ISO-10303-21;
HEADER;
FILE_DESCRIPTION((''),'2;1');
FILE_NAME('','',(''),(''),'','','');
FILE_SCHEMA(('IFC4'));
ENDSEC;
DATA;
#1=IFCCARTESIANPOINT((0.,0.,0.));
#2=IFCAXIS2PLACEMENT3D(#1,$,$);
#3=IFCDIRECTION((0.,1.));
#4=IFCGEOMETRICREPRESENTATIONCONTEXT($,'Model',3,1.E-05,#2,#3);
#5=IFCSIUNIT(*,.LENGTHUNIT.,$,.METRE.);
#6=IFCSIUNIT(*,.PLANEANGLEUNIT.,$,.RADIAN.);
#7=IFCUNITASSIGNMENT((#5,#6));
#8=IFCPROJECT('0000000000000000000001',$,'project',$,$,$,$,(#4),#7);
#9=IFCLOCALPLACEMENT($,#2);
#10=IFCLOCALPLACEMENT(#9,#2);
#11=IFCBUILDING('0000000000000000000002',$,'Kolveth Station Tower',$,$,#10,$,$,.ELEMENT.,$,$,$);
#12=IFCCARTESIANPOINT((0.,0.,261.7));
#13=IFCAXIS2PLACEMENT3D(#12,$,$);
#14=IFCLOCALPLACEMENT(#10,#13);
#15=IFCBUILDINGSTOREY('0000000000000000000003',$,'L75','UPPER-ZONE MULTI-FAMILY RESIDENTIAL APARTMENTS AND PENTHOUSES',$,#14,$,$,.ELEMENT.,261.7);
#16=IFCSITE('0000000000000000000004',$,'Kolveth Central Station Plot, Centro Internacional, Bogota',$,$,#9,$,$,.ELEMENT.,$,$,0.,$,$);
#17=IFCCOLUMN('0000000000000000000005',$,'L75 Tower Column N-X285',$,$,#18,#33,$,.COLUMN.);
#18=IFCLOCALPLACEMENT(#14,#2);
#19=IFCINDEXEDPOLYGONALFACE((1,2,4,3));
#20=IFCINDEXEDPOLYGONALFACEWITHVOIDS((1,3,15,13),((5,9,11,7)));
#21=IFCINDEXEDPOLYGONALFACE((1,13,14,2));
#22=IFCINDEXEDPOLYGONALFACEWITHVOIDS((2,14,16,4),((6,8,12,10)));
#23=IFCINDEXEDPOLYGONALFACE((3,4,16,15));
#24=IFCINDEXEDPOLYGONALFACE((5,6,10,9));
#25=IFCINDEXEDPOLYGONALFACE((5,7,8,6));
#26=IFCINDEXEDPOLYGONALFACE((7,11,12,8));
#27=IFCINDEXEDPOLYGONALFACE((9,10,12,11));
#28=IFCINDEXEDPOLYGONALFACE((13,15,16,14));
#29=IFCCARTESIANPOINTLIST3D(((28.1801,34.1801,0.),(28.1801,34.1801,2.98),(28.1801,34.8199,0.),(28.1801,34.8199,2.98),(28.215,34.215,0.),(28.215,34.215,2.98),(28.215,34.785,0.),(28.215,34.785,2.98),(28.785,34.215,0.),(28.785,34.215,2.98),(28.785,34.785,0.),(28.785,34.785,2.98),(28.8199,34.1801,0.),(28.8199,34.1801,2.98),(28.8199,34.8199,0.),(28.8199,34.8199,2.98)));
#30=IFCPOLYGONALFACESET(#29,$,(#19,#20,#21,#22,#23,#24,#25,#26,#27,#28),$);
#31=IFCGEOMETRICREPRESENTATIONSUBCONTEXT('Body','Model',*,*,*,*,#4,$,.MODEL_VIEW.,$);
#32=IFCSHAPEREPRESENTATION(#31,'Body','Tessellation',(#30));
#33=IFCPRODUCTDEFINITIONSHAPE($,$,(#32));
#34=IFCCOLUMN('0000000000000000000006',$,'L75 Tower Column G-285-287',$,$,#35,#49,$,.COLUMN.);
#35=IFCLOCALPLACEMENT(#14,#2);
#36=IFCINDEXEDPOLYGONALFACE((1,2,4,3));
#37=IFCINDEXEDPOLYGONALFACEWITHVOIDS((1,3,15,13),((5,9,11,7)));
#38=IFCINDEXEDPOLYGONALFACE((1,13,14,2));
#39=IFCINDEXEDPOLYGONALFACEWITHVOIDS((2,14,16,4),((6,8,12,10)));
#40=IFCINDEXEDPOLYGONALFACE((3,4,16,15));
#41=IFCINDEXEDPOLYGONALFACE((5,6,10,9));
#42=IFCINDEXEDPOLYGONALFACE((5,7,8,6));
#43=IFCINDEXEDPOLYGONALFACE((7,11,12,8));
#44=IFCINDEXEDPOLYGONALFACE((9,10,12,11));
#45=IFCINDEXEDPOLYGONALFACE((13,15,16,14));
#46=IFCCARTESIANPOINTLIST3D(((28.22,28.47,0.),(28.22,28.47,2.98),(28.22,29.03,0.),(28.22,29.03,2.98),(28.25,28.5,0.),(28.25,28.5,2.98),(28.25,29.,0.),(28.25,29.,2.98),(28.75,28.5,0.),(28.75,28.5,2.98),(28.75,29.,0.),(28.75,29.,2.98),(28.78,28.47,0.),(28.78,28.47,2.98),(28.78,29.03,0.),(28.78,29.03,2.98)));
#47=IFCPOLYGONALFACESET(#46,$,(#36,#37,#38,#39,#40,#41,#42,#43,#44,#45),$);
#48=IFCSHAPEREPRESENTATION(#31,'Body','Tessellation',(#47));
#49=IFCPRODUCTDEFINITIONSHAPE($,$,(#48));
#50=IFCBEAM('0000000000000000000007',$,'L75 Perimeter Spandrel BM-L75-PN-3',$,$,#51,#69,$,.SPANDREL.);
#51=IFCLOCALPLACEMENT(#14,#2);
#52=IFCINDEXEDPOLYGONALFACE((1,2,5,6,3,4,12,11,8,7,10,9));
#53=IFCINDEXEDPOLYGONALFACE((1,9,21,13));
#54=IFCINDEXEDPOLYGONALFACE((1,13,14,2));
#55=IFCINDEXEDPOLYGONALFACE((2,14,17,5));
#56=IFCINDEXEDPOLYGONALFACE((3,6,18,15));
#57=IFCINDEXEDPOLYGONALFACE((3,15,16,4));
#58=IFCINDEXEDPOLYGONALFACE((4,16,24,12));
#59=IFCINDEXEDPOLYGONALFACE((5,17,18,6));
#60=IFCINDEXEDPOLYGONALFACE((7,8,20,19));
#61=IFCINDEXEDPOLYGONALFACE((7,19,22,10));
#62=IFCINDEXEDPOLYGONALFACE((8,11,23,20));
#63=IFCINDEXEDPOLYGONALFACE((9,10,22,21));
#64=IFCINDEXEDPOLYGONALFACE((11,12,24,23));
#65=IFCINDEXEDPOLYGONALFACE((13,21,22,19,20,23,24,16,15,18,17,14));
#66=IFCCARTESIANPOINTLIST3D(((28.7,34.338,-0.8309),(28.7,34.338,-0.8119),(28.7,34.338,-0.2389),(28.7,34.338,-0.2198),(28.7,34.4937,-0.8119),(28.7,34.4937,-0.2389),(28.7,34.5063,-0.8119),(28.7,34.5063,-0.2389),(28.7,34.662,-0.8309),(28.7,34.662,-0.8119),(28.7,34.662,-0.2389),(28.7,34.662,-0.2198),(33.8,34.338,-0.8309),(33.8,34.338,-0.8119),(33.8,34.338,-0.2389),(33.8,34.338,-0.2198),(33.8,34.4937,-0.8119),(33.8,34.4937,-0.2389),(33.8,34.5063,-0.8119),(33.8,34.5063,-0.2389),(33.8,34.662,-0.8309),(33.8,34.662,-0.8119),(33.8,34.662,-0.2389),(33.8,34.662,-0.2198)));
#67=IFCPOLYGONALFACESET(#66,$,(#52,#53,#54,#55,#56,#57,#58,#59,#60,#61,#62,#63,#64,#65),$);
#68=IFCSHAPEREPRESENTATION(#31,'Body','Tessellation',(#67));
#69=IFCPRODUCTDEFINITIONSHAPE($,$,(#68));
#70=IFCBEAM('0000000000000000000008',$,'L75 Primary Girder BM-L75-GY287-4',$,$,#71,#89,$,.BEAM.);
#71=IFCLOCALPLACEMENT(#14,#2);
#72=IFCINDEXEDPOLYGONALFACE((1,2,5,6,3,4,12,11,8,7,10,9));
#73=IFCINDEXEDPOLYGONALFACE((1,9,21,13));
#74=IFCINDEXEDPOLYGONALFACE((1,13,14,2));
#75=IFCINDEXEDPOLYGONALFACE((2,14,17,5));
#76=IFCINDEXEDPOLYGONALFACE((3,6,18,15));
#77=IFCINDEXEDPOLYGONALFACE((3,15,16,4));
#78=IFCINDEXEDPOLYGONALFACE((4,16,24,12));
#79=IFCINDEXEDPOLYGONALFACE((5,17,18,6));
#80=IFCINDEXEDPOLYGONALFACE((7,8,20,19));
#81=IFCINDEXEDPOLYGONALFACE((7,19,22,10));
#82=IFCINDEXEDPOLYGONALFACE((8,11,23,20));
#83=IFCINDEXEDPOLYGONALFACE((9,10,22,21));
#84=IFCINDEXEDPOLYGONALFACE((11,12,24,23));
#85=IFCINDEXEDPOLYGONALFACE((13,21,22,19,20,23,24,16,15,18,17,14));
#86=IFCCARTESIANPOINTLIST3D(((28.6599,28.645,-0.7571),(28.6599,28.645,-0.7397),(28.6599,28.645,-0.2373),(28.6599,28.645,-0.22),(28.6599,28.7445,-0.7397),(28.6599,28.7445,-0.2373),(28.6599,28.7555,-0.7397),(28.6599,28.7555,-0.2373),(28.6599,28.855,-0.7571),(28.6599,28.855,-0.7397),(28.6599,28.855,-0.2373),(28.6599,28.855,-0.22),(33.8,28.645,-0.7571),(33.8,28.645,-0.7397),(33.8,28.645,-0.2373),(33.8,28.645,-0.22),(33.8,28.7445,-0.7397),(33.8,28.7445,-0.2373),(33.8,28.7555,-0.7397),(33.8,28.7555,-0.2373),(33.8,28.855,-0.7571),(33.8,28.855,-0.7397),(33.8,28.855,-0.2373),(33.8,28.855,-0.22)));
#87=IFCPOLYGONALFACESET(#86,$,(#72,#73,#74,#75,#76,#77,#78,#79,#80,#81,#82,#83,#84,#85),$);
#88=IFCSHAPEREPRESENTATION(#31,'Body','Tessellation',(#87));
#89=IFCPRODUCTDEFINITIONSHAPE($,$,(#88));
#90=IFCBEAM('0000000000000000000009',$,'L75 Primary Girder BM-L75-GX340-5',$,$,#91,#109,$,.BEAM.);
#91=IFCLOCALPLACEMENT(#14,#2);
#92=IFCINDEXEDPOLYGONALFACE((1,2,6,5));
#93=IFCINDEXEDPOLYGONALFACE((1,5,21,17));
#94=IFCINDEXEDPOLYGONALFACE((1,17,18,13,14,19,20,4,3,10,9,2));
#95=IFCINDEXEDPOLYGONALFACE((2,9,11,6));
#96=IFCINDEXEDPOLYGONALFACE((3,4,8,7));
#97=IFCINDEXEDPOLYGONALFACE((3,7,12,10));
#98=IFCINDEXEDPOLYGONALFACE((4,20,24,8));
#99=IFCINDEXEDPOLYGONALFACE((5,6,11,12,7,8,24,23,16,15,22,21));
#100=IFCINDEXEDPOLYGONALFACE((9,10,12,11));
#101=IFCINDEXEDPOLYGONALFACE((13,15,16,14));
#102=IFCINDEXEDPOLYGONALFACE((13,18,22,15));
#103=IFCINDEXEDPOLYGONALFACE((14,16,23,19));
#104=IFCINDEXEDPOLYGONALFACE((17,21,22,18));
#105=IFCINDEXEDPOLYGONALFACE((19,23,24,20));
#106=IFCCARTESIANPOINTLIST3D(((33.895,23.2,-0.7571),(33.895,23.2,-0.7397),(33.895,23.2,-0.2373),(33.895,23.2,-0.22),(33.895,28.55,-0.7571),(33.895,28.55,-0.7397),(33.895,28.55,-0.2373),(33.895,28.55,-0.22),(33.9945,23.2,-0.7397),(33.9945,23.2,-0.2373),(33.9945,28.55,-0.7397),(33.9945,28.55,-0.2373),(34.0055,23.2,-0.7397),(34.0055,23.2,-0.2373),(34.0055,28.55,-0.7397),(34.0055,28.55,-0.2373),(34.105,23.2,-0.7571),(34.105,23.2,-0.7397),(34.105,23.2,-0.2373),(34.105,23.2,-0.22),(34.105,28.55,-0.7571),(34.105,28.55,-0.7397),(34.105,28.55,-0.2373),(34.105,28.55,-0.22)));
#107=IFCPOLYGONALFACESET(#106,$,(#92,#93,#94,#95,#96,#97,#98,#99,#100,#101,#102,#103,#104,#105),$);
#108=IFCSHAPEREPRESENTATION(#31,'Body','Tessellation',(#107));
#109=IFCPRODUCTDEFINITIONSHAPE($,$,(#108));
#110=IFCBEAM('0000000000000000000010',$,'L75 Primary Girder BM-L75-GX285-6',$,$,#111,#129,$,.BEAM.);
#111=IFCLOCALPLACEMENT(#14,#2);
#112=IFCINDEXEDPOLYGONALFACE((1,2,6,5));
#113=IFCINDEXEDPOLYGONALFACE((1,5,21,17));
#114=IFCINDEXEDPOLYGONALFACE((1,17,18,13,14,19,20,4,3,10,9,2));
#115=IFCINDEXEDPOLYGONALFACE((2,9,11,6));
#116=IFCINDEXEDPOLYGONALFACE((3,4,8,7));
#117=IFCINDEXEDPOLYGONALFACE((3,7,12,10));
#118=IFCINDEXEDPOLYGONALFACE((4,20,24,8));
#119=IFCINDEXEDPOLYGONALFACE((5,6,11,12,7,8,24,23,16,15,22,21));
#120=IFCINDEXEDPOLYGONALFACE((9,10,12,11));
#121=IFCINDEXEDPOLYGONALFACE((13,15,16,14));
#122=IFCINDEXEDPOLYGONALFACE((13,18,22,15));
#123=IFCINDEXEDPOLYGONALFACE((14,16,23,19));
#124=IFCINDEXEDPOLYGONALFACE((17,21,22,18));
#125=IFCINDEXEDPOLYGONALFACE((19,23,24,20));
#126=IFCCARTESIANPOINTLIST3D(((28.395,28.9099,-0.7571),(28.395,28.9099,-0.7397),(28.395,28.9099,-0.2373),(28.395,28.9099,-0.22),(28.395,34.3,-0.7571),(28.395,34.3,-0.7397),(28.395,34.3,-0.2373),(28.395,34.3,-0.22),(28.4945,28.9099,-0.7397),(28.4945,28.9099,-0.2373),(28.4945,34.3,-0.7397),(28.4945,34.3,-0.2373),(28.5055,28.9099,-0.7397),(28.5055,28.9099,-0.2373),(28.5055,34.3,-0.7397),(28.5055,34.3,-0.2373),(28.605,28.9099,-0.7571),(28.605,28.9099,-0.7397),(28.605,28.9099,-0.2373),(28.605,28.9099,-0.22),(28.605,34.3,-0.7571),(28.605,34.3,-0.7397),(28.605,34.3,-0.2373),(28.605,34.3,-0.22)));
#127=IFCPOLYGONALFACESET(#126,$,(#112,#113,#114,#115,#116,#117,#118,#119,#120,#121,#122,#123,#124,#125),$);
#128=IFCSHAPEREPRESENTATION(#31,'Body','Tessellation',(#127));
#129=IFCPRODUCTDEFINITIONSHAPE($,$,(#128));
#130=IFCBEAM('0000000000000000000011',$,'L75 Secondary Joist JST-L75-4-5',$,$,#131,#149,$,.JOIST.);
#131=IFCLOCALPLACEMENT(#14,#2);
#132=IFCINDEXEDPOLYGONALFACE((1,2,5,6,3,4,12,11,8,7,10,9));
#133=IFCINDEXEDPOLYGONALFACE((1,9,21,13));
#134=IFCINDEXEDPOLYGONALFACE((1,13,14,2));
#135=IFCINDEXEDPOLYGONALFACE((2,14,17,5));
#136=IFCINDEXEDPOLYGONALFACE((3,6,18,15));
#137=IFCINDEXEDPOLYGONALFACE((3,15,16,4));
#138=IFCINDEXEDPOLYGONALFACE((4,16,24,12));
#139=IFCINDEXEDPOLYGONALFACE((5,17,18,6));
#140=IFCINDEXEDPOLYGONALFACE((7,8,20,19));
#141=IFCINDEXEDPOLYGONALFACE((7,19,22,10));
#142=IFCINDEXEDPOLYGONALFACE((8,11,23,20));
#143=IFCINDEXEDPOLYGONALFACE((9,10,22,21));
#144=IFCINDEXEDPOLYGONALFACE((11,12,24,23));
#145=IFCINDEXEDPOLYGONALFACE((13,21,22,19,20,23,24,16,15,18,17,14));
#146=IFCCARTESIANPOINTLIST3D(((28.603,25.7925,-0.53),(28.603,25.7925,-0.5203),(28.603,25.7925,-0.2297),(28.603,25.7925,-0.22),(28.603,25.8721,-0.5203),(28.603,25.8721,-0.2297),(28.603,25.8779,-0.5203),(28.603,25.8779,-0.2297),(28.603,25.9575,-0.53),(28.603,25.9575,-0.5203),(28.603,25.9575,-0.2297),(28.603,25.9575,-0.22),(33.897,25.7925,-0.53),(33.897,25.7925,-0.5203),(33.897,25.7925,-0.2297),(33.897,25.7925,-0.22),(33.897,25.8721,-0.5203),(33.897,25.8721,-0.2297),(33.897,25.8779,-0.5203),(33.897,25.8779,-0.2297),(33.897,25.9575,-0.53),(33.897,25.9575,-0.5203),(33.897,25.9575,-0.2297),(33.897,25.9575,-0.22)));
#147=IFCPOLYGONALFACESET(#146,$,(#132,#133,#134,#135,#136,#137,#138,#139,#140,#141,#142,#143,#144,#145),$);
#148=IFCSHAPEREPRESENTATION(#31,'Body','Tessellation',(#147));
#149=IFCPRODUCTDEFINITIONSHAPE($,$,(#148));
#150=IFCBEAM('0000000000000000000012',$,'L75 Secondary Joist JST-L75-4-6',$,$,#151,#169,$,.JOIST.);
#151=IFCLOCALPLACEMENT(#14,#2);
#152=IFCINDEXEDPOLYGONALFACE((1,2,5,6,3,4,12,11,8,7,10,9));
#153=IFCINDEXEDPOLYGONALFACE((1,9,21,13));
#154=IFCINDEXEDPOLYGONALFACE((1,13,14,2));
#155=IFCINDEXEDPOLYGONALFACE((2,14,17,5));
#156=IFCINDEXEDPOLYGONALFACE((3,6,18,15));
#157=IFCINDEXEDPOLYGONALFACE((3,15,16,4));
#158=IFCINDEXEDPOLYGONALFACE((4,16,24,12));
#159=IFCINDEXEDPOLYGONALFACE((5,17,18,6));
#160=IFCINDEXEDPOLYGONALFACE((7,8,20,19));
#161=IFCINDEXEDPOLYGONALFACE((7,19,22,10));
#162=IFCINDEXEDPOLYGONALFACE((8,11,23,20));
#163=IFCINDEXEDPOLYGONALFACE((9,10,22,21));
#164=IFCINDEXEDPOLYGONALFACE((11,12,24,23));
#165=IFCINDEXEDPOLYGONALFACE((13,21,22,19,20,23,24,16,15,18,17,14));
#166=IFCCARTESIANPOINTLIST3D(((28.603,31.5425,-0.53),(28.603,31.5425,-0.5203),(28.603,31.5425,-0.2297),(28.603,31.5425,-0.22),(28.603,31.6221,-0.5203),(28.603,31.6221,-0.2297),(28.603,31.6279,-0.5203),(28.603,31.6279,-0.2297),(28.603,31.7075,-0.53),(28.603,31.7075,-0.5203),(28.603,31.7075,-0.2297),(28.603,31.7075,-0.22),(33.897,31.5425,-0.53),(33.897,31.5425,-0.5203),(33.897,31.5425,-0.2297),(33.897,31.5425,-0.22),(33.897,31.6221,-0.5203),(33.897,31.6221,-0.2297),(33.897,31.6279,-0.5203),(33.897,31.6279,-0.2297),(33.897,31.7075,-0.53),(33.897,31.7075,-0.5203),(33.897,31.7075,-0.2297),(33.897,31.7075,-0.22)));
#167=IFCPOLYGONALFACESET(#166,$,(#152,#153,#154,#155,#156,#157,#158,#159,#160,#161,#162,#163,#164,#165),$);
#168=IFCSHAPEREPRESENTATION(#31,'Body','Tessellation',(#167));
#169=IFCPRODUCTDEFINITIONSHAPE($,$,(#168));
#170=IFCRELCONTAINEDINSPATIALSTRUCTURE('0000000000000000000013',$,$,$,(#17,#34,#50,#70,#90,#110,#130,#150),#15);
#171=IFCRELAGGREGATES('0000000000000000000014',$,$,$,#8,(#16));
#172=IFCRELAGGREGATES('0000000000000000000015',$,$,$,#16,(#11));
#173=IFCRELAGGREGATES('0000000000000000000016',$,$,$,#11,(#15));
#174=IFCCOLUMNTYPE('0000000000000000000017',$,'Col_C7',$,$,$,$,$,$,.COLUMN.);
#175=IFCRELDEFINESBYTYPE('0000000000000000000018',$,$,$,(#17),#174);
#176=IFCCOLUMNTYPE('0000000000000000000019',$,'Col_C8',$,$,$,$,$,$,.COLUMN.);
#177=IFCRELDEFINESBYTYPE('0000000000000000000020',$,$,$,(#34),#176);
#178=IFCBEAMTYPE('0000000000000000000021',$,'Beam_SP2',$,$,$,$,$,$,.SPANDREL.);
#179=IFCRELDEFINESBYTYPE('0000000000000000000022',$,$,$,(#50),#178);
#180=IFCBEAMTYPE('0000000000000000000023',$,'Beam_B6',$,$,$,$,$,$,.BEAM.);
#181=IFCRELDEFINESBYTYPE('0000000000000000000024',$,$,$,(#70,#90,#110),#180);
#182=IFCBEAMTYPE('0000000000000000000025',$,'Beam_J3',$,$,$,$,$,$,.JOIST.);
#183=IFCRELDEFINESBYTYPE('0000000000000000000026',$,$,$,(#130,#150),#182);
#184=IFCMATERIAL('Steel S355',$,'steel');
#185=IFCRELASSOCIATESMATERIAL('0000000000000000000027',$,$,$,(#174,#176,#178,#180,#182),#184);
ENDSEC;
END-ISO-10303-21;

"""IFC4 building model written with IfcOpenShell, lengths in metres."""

from ifc_helpers import new_model, si_unit, direction, frame, origin, origin_2d, place, context, subcontext, project, spatial, hollow_rectangle, i_section, extrude, source, transform, mapped, material, material_profile, profile_set, type_object, element, save


model = new_model("IFC4")

# Units and contexts
model_context = context("Model", 3, precision=1e-05, world=origin(), true_north=direction((0.0, 1.0)))
body_context = subcontext(model_context, "Body", "Model", "MODEL_VIEW")
ifc_project = project(units=[si_unit("LENGTHUNIT", "METRE"), si_unit("PLANEANGLEUNIT", "RADIAN")], contexts=[model_context])

# Site, building, storey
site_placement = place(None, origin())
site = spatial("IfcSite", under=ifc_project, at=site_placement, Name="Kolveth Central Station Plot, Centro Internacional, Bogota", CompositionType="ELEMENT", RefElevation=0.0)
building_placement = place(site_placement, origin())
building = spatial("IfcBuilding", under=site, at=building_placement, Name="Kolveth Station Tower", CompositionType="ELEMENT")
storey_placement = place(building_placement, frame((0.0, 0.0, 261.7)))
storey = spatial("IfcBuildingStorey", under=building, at=storey_placement, Name="L75", Description="UPPER-ZONE MULTI-FAMILY RESIDENTIAL APARTMENTS AND PENTHOUSES", CompositionType="ELEMENT", Elevation=261.7)

# Columns
ifc_material_1 = material(Name="Steel S355", Category="steel")
ifc_material_profile_1 = material_profile(ifc_material_1, hollow_rectangle(XDim=0.6399, YDim=0.6399, WallThickness=0.0349, at=origin_2d()), Name="BOX640x640x35")
ifc_profile_set_1 = profile_set([ifc_material_profile_1], Name="Steel S355")
column_type_1 = type_object("IfcColumnType", Name="Col_C7", PredefinedType="COLUMN", material=ifc_profile_set_1)
shared_shape_1 = source(origin(), body_context, "Body", "SweptSolid", [
    extrude(hollow_rectangle(XDim=0.6399, YDim=0.6399, WallThickness=0.0349, at=origin_2d()), origin(), (0.0, 0.0, 1.0), 2.98),
])
column_1_placement = place(storey_placement, frame((28.5, 34.5, 0.0), z_axis=(0.0, 0.0, 1.0), x_axis=(1.0, 0.0, 0.0)))
element("IfcColumn", 1, at=column_1_placement, inside=storey, type_object=column_type_1, Name="L75 Tower Column N-X285", PredefinedType="COLUMN", context=body_context, shape_type="MappedRepresentation", body=[
    mapped(shared_shape_1, transform((0.0, 0.0, 0.0), x_axis=(1.0, 0.0, 0.0), y_axis=(0.0, 1.0, 0.0), z_axis=(0.0, 0.0, 1.0), scale=1.0)),
])
ifc_material_profile_2 = material_profile(ifc_material_1, hollow_rectangle(XDim=0.5601, YDim=0.5601, WallThickness=0.03, at=origin_2d()), Name="BOX560x560x30")
ifc_profile_set_2 = profile_set([ifc_material_profile_2], Name="Steel S355")
column_type_2 = type_object("IfcColumnType", Name="Col_C8", PredefinedType="COLUMN", material=ifc_profile_set_2)
shared_shape_2 = source(origin(), body_context, "Body", "SweptSolid", [
    extrude(hollow_rectangle(XDim=0.5601, YDim=0.5601, WallThickness=0.03, at=origin_2d()), origin(), (0.0, 0.0, 1.0), 2.98),
])
column_2_placement = place(storey_placement, frame((28.5, 28.75, 0.0), z_axis=(0.0, 0.0, 1.0), x_axis=(1.0, 0.0, 0.0)))
element("IfcColumn", 2, at=column_2_placement, inside=storey, type_object=column_type_2, Name="L75 Tower Column G-285-287", PredefinedType="COLUMN", context=body_context, shape_type="MappedRepresentation", body=[
    mapped(shared_shape_2, transform((0.0, 0.0, 0.0), x_axis=(1.0, 0.0, 0.0), y_axis=(0.0, 1.0, 0.0), z_axis=(0.0, 0.0, 1.0), scale=1.0)),
])

# Beams
ifc_material_profile_3 = material_profile(ifc_material_1, i_section(OverallWidth=0.324, OverallDepth=0.6111, WebThickness=0.0127, FlangeThickness=0.019, at=origin_2d()), Name="W610x155")
ifc_profile_set_3 = profile_set([ifc_material_profile_3], Name="Steel S355")
beam_type_1 = type_object("IfcBeamType", Name="Beam_SP2", PredefinedType="SPANDREL", material=ifc_profile_set_3)
shared_shape_3 = source(origin(), body_context, "Body", "SweptSolid", [
    extrude(i_section(OverallWidth=0.324, OverallDepth=0.6111, WebThickness=0.0127, FlangeThickness=0.019, at=origin_2d()), origin(), (0.0, 0.0, 1.0), 5.1001),
])
beam_1_placement = place(storey_placement, frame((28.7, 34.5, -0.5254), z_axis=(1.0, 0.0, 0.0), x_axis=(0.0, 1.0, 0.0)))
element("IfcBeam", 3, at=beam_1_placement, inside=storey, type_object=beam_type_1, Name="L75 Perimeter Spandrel BM-L75-PN-3", PredefinedType="SPANDREL", context=body_context, shape_type="MappedRepresentation", body=[
    mapped(shared_shape_3, transform((0.0, 0.0, 0.0), x_axis=(1.0, 0.0, 0.0), y_axis=(0.0, 1.0, 0.0), z_axis=(0.0, 0.0, 1.0), scale=1.0)),
])
ifc_material_profile_4 = material_profile(ifc_material_1, i_section(OverallWidth=0.21, OverallDepth=0.5371, WebThickness=0.011, FlangeThickness=0.0173, at=origin_2d()), Name="W530x101")
ifc_profile_set_4 = profile_set([ifc_material_profile_4], Name="Steel S355")
beam_type_2 = type_object("IfcBeamType", Name="Beam_B6", PredefinedType="BEAM", material=ifc_profile_set_4)
shared_shape_4 = source(origin(), body_context, "Body", "SweptSolid", [
    extrude(i_section(OverallWidth=0.21, OverallDepth=0.5371, WebThickness=0.011, FlangeThickness=0.0173, at=origin_2d()), origin(), (0.0, 0.0, 1.0), 5.1401),
])
beam_2_placement = place(storey_placement, frame((28.6599, 28.75, -0.4885), z_axis=(1.0, 0.0, 0.0), x_axis=(0.0, 1.0, 0.0)))
element("IfcBeam", 4, at=beam_2_placement, inside=storey, type_object=beam_type_2, Name="L75 Primary Girder BM-L75-GY287-4", PredefinedType="BEAM", context=body_context, shape_type="MappedRepresentation", body=[
    mapped(shared_shape_4, transform((0.0, 0.0, 0.0), x_axis=(1.0, 0.0, 0.0), y_axis=(0.0, 1.0, 0.0), z_axis=(0.0, 0.0, 1.0), scale=1.0)),
])
shared_shape_5 = source(origin(), body_context, "Body", "SweptSolid", [
    extrude(i_section(OverallWidth=0.21, OverallDepth=0.5371, WebThickness=0.011, FlangeThickness=0.0173, at=origin_2d()), origin(), (0.0, 0.0, 1.0), 5.3501),
])
beam_3_placement = place(storey_placement, frame((34.0, 23.2, -0.4885), z_axis=(0.0, 1.0, 0.0), x_axis=(-1.0, 0.0, 0.0)))
element("IfcBeam", 5, at=beam_3_placement, inside=storey, type_object=beam_type_2, Name="L75 Primary Girder BM-L75-GX340-5", PredefinedType="BEAM", context=body_context, shape_type="MappedRepresentation", body=[
    mapped(shared_shape_5, transform((0.0, 0.0, 0.0), x_axis=(1.0, 0.0, 0.0), y_axis=(0.0, 1.0, 0.0), z_axis=(0.0, 0.0, 1.0), scale=1.0)),
])
shared_shape_6 = source(origin(), body_context, "Body", "SweptSolid", [
    extrude(i_section(OverallWidth=0.21, OverallDepth=0.5371, WebThickness=0.011, FlangeThickness=0.0173, at=origin_2d()), origin(), (0.0, 0.0, 1.0), 5.3901),
])
beam_4_placement = place(storey_placement, frame((28.5, 28.9099, -0.4885), z_axis=(0.0, 1.0, 0.0), x_axis=(-1.0, 0.0, 0.0)))
element("IfcBeam", 6, at=beam_4_placement, inside=storey, type_object=beam_type_2, Name="L75 Primary Girder BM-L75-GX285-6", PredefinedType="BEAM", context=body_context, shape_type="MappedRepresentation", body=[
    mapped(shared_shape_6, transform((0.0, 0.0, 0.0), x_axis=(1.0, 0.0, 0.0), y_axis=(0.0, 1.0, 0.0), z_axis=(0.0, 0.0, 1.0), scale=1.0)),
])
ifc_material_profile_5 = material_profile(ifc_material_1, i_section(OverallWidth=0.165, OverallDepth=0.3101, WebThickness=0.0059, FlangeThickness=0.0098, at=origin_2d()), Name="W310x39")
ifc_profile_set_5 = profile_set([ifc_material_profile_5], Name="Steel S355")
beam_type_3 = type_object("IfcBeamType", Name="Beam_J3", PredefinedType="JOIST", material=ifc_profile_set_5)
shared_shape_7 = source(origin(), body_context, "Body", "SweptSolid", [
    extrude(i_section(OverallWidth=0.165, OverallDepth=0.3101, WebThickness=0.0059, FlangeThickness=0.0098, at=origin_2d()), origin(), (0.0, 0.0, 1.0), 5.2939),
])
for number, where, z_axis, x_axis, name in (
    (7, (28.603, 25.875, -0.375), (1.0, 0.0, 0.0), (0.0, 1.0, 0.0), "L75 Secondary Joist JST-L75-4-5"),
    (8, (28.603, 31.625, -0.375), (1.0, 0.0, 0.0), (0.0, 1.0, 0.0), "L75 Secondary Joist JST-L75-4-6"),
):
    element("IfcBeam", number, at=place(storey_placement, frame(where, z_axis=z_axis, x_axis=x_axis)), inside=storey, type_object=beam_type_3, Name=name, PredefinedType="JOIST", context=body_context, shape_type="MappedRepresentation", body=[
        mapped(shared_shape_7, transform((0.0, 0.0, 0.0), x_axis=(1.0, 0.0, 0.0), y_axis=(0.0, 1.0, 0.0), z_axis=(0.0, 0.0, 1.0), scale=1.0)),
    ])

save(model, "model.ifc")
